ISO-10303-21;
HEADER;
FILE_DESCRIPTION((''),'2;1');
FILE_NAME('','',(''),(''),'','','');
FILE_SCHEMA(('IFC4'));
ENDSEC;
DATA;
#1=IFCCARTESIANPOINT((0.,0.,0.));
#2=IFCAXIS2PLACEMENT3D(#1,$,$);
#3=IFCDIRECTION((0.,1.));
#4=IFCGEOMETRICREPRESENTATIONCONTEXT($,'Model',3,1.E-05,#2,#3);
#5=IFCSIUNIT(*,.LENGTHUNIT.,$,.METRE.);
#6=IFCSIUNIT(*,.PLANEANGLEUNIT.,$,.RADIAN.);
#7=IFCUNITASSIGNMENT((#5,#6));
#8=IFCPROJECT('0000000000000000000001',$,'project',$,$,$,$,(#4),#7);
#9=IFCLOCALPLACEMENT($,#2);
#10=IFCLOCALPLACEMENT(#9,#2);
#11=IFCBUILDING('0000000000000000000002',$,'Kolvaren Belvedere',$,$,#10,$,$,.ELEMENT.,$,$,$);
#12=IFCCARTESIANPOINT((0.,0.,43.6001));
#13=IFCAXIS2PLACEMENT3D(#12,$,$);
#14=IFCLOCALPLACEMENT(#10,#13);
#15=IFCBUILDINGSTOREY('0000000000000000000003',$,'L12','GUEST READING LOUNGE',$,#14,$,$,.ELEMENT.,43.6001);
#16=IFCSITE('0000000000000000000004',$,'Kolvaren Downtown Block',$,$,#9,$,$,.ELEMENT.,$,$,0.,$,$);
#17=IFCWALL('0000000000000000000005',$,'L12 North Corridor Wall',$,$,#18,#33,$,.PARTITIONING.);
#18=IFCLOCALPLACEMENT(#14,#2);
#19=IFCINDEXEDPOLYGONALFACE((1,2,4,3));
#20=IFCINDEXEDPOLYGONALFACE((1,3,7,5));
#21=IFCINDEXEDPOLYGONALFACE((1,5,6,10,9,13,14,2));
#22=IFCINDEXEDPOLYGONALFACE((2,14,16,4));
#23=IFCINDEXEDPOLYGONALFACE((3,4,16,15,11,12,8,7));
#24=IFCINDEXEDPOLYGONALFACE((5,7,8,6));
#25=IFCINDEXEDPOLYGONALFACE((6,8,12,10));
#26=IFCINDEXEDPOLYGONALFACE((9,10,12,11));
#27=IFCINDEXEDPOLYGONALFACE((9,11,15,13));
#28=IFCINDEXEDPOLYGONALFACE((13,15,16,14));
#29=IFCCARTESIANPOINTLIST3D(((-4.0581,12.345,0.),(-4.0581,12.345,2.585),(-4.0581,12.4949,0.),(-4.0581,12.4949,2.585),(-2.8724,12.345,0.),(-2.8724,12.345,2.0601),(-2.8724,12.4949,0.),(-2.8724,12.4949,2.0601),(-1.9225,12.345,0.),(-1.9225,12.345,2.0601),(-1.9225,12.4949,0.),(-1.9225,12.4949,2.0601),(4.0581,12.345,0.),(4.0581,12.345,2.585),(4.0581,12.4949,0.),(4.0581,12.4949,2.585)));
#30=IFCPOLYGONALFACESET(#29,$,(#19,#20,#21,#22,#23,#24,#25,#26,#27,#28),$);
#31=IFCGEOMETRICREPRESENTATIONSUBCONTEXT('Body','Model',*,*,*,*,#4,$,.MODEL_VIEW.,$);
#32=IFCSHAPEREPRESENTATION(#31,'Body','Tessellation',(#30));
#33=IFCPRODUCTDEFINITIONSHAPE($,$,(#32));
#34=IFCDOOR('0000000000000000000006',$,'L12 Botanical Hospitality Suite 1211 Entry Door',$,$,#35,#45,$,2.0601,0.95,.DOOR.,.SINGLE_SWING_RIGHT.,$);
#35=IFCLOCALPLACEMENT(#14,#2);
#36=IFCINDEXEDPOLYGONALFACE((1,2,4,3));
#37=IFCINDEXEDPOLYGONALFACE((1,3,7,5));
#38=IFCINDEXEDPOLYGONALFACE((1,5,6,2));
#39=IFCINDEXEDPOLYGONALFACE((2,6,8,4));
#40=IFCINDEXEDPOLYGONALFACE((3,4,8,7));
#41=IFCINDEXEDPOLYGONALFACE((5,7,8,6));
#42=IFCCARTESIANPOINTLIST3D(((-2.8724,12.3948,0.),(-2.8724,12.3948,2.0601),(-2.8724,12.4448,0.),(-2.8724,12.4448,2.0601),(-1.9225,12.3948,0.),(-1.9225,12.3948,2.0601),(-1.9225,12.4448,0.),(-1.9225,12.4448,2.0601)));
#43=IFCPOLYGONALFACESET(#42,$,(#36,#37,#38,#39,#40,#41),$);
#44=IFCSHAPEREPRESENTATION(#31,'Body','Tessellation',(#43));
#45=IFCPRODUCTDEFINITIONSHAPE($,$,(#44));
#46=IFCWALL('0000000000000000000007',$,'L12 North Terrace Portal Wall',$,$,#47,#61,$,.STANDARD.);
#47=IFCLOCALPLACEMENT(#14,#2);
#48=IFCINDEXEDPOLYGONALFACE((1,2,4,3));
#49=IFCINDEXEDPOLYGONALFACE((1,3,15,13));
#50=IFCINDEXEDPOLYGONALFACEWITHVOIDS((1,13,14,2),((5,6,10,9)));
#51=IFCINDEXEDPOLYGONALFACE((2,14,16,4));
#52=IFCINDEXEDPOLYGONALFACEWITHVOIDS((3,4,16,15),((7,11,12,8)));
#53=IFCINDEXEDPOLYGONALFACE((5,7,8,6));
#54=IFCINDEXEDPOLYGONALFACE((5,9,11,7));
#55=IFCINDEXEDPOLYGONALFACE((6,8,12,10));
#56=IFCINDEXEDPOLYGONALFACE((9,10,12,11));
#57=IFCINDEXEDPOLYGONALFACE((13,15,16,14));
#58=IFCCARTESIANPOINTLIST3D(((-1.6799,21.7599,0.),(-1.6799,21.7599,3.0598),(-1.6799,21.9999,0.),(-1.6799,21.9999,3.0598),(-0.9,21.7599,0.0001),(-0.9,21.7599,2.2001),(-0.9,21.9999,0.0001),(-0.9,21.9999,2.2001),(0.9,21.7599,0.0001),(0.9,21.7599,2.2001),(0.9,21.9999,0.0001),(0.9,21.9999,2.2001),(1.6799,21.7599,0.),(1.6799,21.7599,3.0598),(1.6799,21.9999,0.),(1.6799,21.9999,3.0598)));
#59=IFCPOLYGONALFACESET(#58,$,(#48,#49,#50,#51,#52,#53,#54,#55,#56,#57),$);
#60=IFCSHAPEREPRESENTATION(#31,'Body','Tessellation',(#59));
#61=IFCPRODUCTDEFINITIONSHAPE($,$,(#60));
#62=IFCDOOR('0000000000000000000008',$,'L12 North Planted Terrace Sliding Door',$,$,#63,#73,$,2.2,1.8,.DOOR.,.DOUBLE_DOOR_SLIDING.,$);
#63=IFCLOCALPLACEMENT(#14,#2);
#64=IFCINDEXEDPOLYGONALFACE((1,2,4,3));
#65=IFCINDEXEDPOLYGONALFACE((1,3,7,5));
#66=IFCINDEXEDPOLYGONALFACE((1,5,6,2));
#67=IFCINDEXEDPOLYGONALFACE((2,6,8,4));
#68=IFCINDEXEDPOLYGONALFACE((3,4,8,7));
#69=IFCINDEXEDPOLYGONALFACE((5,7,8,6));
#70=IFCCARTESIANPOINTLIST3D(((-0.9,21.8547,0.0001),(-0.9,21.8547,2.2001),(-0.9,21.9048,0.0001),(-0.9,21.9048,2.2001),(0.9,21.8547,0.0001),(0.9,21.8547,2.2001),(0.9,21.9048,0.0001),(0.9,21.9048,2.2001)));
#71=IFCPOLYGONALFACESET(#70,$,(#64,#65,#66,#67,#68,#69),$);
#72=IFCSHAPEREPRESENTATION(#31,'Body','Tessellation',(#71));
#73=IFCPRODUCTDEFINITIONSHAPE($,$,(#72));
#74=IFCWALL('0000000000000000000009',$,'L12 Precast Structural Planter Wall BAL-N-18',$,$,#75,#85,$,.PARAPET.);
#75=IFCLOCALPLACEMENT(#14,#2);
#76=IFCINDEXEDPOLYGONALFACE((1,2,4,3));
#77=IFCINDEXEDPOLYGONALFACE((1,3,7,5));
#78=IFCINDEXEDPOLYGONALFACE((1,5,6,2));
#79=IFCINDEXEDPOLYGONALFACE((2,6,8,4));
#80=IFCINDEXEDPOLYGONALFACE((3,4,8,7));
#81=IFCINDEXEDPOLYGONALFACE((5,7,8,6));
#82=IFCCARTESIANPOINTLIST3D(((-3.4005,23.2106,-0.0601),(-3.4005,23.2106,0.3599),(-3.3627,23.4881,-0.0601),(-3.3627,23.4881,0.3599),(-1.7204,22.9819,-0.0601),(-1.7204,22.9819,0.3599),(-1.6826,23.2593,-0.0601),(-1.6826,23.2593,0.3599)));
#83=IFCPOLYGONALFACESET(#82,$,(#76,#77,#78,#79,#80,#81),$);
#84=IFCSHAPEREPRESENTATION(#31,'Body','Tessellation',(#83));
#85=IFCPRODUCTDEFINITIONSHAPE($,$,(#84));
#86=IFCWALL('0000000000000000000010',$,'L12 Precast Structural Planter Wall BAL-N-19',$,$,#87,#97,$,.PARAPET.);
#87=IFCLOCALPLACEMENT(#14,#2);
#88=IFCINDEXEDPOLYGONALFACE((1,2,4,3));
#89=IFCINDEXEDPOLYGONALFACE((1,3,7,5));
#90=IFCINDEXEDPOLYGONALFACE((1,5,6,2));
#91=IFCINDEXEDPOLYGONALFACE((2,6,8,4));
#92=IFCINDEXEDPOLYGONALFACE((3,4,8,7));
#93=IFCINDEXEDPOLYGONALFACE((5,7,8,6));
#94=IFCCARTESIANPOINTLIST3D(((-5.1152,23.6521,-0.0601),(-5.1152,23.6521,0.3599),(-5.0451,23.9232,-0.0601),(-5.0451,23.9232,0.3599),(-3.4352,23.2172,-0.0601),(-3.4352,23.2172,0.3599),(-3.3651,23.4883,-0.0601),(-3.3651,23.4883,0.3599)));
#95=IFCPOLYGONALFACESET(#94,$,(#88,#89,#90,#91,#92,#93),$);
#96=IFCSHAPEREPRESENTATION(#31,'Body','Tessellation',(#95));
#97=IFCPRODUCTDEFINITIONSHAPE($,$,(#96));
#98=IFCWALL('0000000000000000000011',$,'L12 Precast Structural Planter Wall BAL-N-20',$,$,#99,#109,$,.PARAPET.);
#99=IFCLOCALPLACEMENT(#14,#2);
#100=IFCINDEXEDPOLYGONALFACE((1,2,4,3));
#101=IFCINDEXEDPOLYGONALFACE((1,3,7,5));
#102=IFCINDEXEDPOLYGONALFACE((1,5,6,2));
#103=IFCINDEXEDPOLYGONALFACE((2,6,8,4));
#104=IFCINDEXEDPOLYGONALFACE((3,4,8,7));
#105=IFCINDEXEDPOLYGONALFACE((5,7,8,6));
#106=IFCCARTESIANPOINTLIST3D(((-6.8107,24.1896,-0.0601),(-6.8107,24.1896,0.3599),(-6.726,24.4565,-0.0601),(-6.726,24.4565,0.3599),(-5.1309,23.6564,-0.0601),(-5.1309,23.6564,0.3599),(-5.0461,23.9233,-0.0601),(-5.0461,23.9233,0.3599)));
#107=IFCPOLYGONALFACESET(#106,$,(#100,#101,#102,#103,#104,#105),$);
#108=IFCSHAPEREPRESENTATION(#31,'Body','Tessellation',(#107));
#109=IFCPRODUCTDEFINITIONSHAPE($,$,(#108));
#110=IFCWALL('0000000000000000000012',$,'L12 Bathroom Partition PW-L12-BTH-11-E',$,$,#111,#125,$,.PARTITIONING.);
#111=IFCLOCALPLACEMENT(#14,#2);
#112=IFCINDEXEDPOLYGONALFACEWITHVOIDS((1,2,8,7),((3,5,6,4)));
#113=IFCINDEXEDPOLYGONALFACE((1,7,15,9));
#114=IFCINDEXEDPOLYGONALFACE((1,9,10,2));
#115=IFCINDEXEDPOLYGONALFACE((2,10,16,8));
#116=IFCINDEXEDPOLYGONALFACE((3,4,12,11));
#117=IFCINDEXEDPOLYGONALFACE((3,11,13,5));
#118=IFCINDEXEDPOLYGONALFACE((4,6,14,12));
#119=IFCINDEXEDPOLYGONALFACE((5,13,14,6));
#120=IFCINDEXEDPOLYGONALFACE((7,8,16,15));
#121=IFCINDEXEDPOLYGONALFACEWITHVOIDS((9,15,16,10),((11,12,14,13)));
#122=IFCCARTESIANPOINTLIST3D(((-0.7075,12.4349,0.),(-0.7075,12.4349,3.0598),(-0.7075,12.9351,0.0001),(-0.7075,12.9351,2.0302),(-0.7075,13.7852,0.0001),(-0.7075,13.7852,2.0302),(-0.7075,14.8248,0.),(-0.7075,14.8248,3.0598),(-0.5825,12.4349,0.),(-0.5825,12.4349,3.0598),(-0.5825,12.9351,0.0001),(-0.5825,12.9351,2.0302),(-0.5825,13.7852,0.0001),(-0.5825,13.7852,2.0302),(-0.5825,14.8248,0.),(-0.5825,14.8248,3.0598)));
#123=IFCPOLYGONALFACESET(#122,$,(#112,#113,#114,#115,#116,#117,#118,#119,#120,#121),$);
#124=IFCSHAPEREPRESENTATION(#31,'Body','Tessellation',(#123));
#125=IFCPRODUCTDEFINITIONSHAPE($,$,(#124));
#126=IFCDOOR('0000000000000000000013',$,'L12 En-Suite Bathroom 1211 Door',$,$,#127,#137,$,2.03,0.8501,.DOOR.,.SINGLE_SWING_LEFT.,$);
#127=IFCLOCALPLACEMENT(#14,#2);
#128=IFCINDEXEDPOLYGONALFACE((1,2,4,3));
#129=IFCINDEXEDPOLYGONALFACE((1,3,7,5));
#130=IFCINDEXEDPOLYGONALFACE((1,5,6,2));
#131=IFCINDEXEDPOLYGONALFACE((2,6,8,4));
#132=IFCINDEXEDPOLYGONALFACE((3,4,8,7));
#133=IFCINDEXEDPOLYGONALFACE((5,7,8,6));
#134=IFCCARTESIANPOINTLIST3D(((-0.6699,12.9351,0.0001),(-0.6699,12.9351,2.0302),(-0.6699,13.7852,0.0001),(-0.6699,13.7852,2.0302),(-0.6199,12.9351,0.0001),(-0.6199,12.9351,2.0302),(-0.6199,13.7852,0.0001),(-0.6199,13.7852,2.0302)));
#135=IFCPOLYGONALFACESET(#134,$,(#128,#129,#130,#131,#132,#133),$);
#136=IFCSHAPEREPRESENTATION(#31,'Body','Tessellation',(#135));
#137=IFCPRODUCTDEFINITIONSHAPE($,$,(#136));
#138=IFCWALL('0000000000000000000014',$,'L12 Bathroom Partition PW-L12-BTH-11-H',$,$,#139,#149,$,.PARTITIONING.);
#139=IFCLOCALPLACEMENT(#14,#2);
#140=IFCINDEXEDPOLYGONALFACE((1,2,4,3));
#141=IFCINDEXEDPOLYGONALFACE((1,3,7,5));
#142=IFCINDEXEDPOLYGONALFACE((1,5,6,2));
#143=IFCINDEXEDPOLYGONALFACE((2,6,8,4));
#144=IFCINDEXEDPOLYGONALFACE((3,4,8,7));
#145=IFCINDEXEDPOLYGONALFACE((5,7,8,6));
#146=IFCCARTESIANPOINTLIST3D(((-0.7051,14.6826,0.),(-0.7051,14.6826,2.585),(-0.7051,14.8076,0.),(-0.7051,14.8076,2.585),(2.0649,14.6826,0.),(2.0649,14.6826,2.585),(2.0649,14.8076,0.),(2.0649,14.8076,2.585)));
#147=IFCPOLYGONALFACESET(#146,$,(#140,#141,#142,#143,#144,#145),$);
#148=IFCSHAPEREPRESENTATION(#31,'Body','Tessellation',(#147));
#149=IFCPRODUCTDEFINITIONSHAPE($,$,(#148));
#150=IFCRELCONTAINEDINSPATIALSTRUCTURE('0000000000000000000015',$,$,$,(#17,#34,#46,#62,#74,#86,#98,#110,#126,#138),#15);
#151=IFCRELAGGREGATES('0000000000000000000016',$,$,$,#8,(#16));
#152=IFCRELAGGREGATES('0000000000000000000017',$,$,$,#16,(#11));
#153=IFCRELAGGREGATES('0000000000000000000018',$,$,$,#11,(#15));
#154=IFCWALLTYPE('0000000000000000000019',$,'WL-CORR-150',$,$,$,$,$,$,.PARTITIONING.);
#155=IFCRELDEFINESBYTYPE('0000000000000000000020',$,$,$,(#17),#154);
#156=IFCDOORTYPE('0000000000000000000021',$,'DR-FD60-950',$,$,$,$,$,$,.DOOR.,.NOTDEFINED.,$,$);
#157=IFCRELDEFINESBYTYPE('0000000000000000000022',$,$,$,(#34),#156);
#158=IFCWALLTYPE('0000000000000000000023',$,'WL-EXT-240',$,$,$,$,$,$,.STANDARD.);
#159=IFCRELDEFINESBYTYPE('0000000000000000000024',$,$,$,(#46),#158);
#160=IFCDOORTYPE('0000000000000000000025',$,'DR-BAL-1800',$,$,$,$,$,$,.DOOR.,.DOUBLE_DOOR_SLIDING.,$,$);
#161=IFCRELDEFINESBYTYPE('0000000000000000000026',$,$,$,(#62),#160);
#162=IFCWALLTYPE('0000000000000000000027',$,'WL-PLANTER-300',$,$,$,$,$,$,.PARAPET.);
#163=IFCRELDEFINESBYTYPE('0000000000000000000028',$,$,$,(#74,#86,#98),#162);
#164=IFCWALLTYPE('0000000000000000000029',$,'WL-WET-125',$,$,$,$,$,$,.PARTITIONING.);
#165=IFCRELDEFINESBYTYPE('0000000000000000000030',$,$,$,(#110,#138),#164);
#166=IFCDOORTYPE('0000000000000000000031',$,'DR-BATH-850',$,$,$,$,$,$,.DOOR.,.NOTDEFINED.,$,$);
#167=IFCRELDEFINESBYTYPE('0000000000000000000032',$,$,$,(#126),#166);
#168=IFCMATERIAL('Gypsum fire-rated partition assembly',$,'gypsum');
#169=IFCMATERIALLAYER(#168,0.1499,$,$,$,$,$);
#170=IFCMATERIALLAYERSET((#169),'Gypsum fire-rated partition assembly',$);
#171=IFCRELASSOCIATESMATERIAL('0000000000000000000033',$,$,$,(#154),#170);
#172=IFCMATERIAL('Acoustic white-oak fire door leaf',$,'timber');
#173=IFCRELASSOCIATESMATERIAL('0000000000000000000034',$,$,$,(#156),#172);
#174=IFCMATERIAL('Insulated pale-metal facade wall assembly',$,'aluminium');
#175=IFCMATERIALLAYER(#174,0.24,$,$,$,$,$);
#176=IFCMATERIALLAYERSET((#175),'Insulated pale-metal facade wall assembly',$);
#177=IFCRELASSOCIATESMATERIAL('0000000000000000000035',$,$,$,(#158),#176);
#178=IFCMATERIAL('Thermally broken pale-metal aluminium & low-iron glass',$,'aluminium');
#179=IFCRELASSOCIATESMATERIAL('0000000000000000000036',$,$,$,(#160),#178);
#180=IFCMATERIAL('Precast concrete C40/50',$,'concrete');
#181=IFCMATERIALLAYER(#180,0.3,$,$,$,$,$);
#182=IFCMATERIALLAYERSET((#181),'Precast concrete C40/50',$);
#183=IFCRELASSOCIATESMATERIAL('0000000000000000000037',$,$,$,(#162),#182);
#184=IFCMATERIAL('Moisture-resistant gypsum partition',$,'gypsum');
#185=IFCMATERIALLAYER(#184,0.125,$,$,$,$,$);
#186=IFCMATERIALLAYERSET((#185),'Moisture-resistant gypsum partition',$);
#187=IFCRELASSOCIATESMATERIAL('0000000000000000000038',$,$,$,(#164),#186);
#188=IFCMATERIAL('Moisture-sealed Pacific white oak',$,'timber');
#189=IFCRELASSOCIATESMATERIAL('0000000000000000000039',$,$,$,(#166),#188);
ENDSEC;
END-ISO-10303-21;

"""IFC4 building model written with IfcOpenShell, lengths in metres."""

from ifc_helpers import new_model, si_unit, direction, frame, frame_2d, origin, place, context, subcontext, project, spatial, rectangle, extrude, material, layer, layer_set, type_object, element, fill, save


model = new_model("IFC4")

# Units and contexts
model_context = context("Model", 3, precision=1e-05, world=origin(), true_north=direction((0.0, 1.0)))
body_context = subcontext(model_context, "Body", "Model", "MODEL_VIEW")
ifc_project = project(units=[si_unit("LENGTHUNIT", "METRE"), si_unit("PLANEANGLEUNIT", "RADIAN")], contexts=[model_context])

# Site, building, storey
site_placement = place(None, origin())
site = spatial("IfcSite", under=ifc_project, at=site_placement, Name="Kolvaren Downtown Block", CompositionType="ELEMENT", RefElevation=0.0)
building_placement = place(site_placement, origin())
building = spatial("IfcBuilding", under=site, at=building_placement, Name="Kolvaren Belvedere", CompositionType="ELEMENT")
storey_placement = place(building_placement, frame((0.0, 0.0, 43.6001)))
storey = spatial("IfcBuildingStorey", under=building, at=storey_placement, Name="L12", Description="GUEST READING LOUNGE", CompositionType="ELEMENT", Elevation=43.6001)

# Shared definitions
ifc_material_1 = material(Name="Gypsum fire-rated partition assembly", Category="gypsum")
ifc_layer_1 = layer(ifc_material_1, 0.1499)
ifc_layer_set_1 = layer_set([ifc_layer_1], Name="Gypsum fire-rated partition assembly")
wall_type_1 = type_object("IfcWallType", Name="WL-CORR-150", PredefinedType="PARTITIONING", material=ifc_layer_set_1)

# Walls, openings, doors
wall_1_placement = place(storey_placement, frame((-4.0581, 12.4199, 0.0), z_axis=(0.0, 0.0, 1.0), x_axis=(1.0, 0.0, 0.0)))
wall_1 = element("IfcWall", 1, at=wall_1_placement, inside=storey, type_object=wall_type_1, Name="L12 North Corridor Wall", PredefinedType="PARTITIONING", context=body_context, shape_type="SweptSolid", body=[
    extrude(rectangle(XDim=8.1162, YDim=0.1499, at=frame_2d((4.0581, 0.0))), origin(), (0.0, 0.0, 1.0), 2.585),
])
opening_1_placement = place(wall_1_placement, frame((1.1855, 0.0, 0.0)))
opening_1 = element("IfcOpeningElement", 2, at=opening_1_placement, cuts=wall_1, PredefinedType="OPENING", context=body_context, shape_type="SweptSolid", body=[
    extrude(rectangle(XDim=0.95, YDim=2.0601, at=frame_2d((0.4751, 1.03))), frame((0.0, 0.085, 0.0), z_axis=(0.0, -1.0, 0.0), x_axis=(1.0, 0.0, 0.0)), (0.0, 0.0, 1.0), 0.1699),
])
ifc_material_2 = material(Name="Acoustic white-oak fire door leaf", Category="timber")
door_type_1 = type_object("IfcDoorType", Name="DR-FD60-950", OperationType="NOTDEFINED", PredefinedType="DOOR", material=ifc_material_2)
door_1_placement = place(opening_1_placement, origin())
door_1 = element("IfcDoor", 3, at=door_1_placement, inside=storey, type_object=door_type_1, Name="L12 Botanical Hospitality Suite 1211 Entry Door", OperationType="SINGLE_SWING_RIGHT", OverallHeight=2.0601, OverallWidth=0.95, PredefinedType="DOOR", context=body_context, shape_type="SweptSolid", body=[
    extrude(rectangle(XDim=0.95, YDim=2.0601, at=frame_2d((0.4751, 1.03))), frame((0.0, 0.0249, 0.0), z_axis=(0.0, -1.0, 0.0), x_axis=(1.0, 0.0, 0.0)), (0.0, 0.0, 1.0), 0.05),
])
fill(opening_1, door_1)
ifc_material_3 = material(Name="Insulated pale-metal facade wall assembly", Category="aluminium")
ifc_layer_2 = layer(ifc_material_3, 0.24)
ifc_layer_set_2 = layer_set([ifc_layer_2], Name="Insulated pale-metal facade wall assembly")
wall_type_2 = type_object("IfcWallType", Name="WL-EXT-240", PredefinedType="STANDARD", material=ifc_layer_set_2)
wall_2_placement = place(storey_placement, frame((-1.6799, 21.8799, 0.0), z_axis=(0.0, 0.0, 1.0), x_axis=(1.0, 0.0, 0.0)))
wall_2 = element("IfcWall", 4, at=wall_2_placement, inside=storey, type_object=wall_type_2, Name="L12 North Terrace Portal Wall", PredefinedType="STANDARD", context=body_context, shape_type="SweptSolid", body=[
    extrude(rectangle(XDim=3.3599, YDim=0.24, at=frame_2d((1.6799, 0.0))), origin(), (0.0, 0.0, 1.0), 3.0598),
])
opening_2_placement = place(wall_2_placement, frame((0.78, 0.0, 0.0)))
opening_2 = element("IfcOpeningElement", 5, at=opening_2_placement, cuts=wall_2, PredefinedType="OPENING", context=body_context, shape_type="SweptSolid", body=[
    extrude(rectangle(XDim=1.8, YDim=2.2, at=frame_2d((0.8999, 1.1001))), frame((0.0, 0.1299, 0.0), z_axis=(0.0, -1.0, 0.0), x_axis=(1.0, 0.0, 0.0)), (0.0, 0.0, 1.0), 0.26),
])
ifc_material_4 = material(Name="Thermally broken pale-metal aluminium & low-iron glass", Category="aluminium")
door_type_2 = type_object("IfcDoorType", Name="DR-BAL-1800", OperationType="DOUBLE_DOOR_SLIDING", PredefinedType="DOOR", material=ifc_material_4)
door_2_placement = place(opening_2_placement, origin())
door_2 = element("IfcDoor", 6, at=door_2_placement, inside=storey, type_object=door_type_2, Name="L12 North Planted Terrace Sliding Door", OperationType="DOUBLE_DOOR_SLIDING", OverallHeight=2.2, OverallWidth=1.8, PredefinedType="DOOR", context=body_context, shape_type="SweptSolid", body=[
    extrude(rectangle(XDim=1.8, YDim=2.2, at=frame_2d((0.8999, 1.1001))), frame((0.0, 0.0249, 0.0), z_axis=(0.0, -1.0, 0.0), x_axis=(1.0, 0.0, 0.0)), (0.0, 0.0, 1.0), 0.05),
])
fill(opening_2, door_2)

# Walls
ifc_material_5 = material(Name="Precast concrete C40/50", Category="concrete")
ifc_layer_3 = layer(ifc_material_5, 0.3)
ifc_layer_set_3 = layer_set([ifc_layer_3], Name="Precast concrete C40/50")
wall_type_3 = type_object("IfcWallType", Name="WL-PLANTER-300", PredefinedType="PARAPET", material=ifc_layer_set_3)
wall_3_placement = place(storey_placement, frame((-1.7017, 23.1206, -0.0601), z_axis=(0.0, 0.0, 1.0), x_axis=(-0.990856, 0.134927, 0.0)))
element("IfcWall", 7, at=wall_3_placement, inside=storey, type_object=wall_type_3, Name="L12 Precast Structural Planter Wall BAL-N-18", PredefinedType="PARAPET", context=body_context, shape_type="SweptSolid", body=[
    extrude(rectangle(XDim=1.6956, YDim=0.28, at=frame_2d((0.8477, 0.0))), origin(), (0.0, 0.0, 1.0), 0.4199),
])
wall_4_placement = place(storey_placement, frame((-3.4001, 23.3528, -0.0601), z_axis=(0.0, 0.0, 1.0), x_axis=(-0.968098, 0.250572, 0.0)))
element("IfcWall", 8, at=wall_4_placement, inside=storey, type_object=wall_type_3, Name="L12 Precast Structural Planter Wall BAL-N-19", PredefinedType="PARAPET", context=body_context, shape_type="SweptSolid", body=[
    extrude(rectangle(XDim=1.7354, YDim=0.28, at=frame_2d((0.8677, 0.0))), origin(), (0.0, 0.0, 1.0), 0.4199),
])
wall_5_placement = place(storey_placement, frame((-5.0884, 23.7898, -0.0601), z_axis=(0.0, 0.0, 1.0), x_axis=(-0.953142, 0.302523, 0.0)))
element("IfcWall", 9, at=wall_5_placement, inside=storey, type_object=wall_type_3, Name="L12 Precast Structural Planter Wall BAL-N-20", PredefinedType="PARAPET", context=body_context, shape_type="SweptSolid", body=[
    extrude(rectangle(XDim=1.7625, YDim=0.28, at=frame_2d((0.8813, 0.0))), origin(), (0.0, 0.0, 1.0), 0.4199),
])

# Wall, opening, door
ifc_material_6 = material(Name="Moisture-resistant gypsum partition", Category="gypsum")
ifc_layer_4 = layer(ifc_material_6, 0.125)
ifc_layer_set_4 = layer_set([ifc_layer_4], Name="Moisture-resistant gypsum partition")
wall_type_4 = type_object("IfcWallType", Name="WL-WET-125", PredefinedType="PARTITIONING", material=ifc_layer_set_4)
wall_6_placement = place(storey_placement, frame((-0.645, 12.4351, 0.0), z_axis=(0.0, 0.0, 1.0), x_axis=(0.0, 1.0, 0.0)))
wall_6 = element("IfcWall", 10, at=wall_6_placement, inside=storey, type_object=wall_type_4, Name="L12 Bathroom Partition PW-L12-BTH-11-E", PredefinedType="PARTITIONING", context=body_context, shape_type="SweptSolid", body=[
    extrude(rectangle(XDim=2.3899, YDim=0.125, at=frame_2d((1.1948, 0.0))), origin(), (0.0, 0.0, 1.0), 3.0598),
])
opening_3_placement = place(wall_6_placement, frame((0.5, 0.0, 0.0)))
opening_3 = element("IfcOpeningElement", 11, at=opening_3_placement, cuts=wall_6, PredefinedType="OPENING", context=body_context, shape_type="SweptSolid", body=[
    extrude(rectangle(XDim=0.8501, YDim=2.03, at=frame_2d((0.425, 1.0151))), frame((0.0, 0.0725, 0.0), z_axis=(0.0, -1.0, 0.0), x_axis=(1.0, 0.0, 0.0)), (0.0, 0.0, 1.0), 0.145),
])
ifc_material_7 = material(Name="Moisture-sealed Pacific white oak", Category="timber")
door_type_3 = type_object("IfcDoorType", Name="DR-BATH-850", OperationType="NOTDEFINED", PredefinedType="DOOR", material=ifc_material_7)
door_3_placement = place(opening_3_placement, origin())
door_3 = element("IfcDoor", 12, at=door_3_placement, inside=storey, type_object=door_type_3, Name="L12 En-Suite Bathroom 1211 Door", OperationType="SINGLE_SWING_LEFT", OverallHeight=2.03, OverallWidth=0.8501, PredefinedType="DOOR", context=body_context, shape_type="SweptSolid", body=[
    extrude(rectangle(XDim=0.8501, YDim=2.03, at=frame_2d((0.425, 1.0151))), frame((0.0, 0.0249, 0.0), z_axis=(0.0, -1.0, 0.0), x_axis=(1.0, 0.0, 0.0)), (0.0, 0.0, 1.0), 0.05),
])
fill(opening_3, door_3)

# Wall
wall_7_placement = place(storey_placement, frame((-0.7051, 14.7451, 0.0), z_axis=(0.0, 0.0, 1.0), x_axis=(1.0, 0.0, 0.0)))
element("IfcWall", 13, at=wall_7_placement, inside=storey, type_object=wall_type_4, Name="L12 Bathroom Partition PW-L12-BTH-11-H", PredefinedType="PARTITIONING", context=body_context, shape_type="SweptSolid", body=[
    extrude(rectangle(XDim=2.77, YDim=0.125, at=frame_2d((1.385, 0.0))), origin(), (0.0, 0.0, 1.0), 2.585),
])

save(model, "model.ifc")
